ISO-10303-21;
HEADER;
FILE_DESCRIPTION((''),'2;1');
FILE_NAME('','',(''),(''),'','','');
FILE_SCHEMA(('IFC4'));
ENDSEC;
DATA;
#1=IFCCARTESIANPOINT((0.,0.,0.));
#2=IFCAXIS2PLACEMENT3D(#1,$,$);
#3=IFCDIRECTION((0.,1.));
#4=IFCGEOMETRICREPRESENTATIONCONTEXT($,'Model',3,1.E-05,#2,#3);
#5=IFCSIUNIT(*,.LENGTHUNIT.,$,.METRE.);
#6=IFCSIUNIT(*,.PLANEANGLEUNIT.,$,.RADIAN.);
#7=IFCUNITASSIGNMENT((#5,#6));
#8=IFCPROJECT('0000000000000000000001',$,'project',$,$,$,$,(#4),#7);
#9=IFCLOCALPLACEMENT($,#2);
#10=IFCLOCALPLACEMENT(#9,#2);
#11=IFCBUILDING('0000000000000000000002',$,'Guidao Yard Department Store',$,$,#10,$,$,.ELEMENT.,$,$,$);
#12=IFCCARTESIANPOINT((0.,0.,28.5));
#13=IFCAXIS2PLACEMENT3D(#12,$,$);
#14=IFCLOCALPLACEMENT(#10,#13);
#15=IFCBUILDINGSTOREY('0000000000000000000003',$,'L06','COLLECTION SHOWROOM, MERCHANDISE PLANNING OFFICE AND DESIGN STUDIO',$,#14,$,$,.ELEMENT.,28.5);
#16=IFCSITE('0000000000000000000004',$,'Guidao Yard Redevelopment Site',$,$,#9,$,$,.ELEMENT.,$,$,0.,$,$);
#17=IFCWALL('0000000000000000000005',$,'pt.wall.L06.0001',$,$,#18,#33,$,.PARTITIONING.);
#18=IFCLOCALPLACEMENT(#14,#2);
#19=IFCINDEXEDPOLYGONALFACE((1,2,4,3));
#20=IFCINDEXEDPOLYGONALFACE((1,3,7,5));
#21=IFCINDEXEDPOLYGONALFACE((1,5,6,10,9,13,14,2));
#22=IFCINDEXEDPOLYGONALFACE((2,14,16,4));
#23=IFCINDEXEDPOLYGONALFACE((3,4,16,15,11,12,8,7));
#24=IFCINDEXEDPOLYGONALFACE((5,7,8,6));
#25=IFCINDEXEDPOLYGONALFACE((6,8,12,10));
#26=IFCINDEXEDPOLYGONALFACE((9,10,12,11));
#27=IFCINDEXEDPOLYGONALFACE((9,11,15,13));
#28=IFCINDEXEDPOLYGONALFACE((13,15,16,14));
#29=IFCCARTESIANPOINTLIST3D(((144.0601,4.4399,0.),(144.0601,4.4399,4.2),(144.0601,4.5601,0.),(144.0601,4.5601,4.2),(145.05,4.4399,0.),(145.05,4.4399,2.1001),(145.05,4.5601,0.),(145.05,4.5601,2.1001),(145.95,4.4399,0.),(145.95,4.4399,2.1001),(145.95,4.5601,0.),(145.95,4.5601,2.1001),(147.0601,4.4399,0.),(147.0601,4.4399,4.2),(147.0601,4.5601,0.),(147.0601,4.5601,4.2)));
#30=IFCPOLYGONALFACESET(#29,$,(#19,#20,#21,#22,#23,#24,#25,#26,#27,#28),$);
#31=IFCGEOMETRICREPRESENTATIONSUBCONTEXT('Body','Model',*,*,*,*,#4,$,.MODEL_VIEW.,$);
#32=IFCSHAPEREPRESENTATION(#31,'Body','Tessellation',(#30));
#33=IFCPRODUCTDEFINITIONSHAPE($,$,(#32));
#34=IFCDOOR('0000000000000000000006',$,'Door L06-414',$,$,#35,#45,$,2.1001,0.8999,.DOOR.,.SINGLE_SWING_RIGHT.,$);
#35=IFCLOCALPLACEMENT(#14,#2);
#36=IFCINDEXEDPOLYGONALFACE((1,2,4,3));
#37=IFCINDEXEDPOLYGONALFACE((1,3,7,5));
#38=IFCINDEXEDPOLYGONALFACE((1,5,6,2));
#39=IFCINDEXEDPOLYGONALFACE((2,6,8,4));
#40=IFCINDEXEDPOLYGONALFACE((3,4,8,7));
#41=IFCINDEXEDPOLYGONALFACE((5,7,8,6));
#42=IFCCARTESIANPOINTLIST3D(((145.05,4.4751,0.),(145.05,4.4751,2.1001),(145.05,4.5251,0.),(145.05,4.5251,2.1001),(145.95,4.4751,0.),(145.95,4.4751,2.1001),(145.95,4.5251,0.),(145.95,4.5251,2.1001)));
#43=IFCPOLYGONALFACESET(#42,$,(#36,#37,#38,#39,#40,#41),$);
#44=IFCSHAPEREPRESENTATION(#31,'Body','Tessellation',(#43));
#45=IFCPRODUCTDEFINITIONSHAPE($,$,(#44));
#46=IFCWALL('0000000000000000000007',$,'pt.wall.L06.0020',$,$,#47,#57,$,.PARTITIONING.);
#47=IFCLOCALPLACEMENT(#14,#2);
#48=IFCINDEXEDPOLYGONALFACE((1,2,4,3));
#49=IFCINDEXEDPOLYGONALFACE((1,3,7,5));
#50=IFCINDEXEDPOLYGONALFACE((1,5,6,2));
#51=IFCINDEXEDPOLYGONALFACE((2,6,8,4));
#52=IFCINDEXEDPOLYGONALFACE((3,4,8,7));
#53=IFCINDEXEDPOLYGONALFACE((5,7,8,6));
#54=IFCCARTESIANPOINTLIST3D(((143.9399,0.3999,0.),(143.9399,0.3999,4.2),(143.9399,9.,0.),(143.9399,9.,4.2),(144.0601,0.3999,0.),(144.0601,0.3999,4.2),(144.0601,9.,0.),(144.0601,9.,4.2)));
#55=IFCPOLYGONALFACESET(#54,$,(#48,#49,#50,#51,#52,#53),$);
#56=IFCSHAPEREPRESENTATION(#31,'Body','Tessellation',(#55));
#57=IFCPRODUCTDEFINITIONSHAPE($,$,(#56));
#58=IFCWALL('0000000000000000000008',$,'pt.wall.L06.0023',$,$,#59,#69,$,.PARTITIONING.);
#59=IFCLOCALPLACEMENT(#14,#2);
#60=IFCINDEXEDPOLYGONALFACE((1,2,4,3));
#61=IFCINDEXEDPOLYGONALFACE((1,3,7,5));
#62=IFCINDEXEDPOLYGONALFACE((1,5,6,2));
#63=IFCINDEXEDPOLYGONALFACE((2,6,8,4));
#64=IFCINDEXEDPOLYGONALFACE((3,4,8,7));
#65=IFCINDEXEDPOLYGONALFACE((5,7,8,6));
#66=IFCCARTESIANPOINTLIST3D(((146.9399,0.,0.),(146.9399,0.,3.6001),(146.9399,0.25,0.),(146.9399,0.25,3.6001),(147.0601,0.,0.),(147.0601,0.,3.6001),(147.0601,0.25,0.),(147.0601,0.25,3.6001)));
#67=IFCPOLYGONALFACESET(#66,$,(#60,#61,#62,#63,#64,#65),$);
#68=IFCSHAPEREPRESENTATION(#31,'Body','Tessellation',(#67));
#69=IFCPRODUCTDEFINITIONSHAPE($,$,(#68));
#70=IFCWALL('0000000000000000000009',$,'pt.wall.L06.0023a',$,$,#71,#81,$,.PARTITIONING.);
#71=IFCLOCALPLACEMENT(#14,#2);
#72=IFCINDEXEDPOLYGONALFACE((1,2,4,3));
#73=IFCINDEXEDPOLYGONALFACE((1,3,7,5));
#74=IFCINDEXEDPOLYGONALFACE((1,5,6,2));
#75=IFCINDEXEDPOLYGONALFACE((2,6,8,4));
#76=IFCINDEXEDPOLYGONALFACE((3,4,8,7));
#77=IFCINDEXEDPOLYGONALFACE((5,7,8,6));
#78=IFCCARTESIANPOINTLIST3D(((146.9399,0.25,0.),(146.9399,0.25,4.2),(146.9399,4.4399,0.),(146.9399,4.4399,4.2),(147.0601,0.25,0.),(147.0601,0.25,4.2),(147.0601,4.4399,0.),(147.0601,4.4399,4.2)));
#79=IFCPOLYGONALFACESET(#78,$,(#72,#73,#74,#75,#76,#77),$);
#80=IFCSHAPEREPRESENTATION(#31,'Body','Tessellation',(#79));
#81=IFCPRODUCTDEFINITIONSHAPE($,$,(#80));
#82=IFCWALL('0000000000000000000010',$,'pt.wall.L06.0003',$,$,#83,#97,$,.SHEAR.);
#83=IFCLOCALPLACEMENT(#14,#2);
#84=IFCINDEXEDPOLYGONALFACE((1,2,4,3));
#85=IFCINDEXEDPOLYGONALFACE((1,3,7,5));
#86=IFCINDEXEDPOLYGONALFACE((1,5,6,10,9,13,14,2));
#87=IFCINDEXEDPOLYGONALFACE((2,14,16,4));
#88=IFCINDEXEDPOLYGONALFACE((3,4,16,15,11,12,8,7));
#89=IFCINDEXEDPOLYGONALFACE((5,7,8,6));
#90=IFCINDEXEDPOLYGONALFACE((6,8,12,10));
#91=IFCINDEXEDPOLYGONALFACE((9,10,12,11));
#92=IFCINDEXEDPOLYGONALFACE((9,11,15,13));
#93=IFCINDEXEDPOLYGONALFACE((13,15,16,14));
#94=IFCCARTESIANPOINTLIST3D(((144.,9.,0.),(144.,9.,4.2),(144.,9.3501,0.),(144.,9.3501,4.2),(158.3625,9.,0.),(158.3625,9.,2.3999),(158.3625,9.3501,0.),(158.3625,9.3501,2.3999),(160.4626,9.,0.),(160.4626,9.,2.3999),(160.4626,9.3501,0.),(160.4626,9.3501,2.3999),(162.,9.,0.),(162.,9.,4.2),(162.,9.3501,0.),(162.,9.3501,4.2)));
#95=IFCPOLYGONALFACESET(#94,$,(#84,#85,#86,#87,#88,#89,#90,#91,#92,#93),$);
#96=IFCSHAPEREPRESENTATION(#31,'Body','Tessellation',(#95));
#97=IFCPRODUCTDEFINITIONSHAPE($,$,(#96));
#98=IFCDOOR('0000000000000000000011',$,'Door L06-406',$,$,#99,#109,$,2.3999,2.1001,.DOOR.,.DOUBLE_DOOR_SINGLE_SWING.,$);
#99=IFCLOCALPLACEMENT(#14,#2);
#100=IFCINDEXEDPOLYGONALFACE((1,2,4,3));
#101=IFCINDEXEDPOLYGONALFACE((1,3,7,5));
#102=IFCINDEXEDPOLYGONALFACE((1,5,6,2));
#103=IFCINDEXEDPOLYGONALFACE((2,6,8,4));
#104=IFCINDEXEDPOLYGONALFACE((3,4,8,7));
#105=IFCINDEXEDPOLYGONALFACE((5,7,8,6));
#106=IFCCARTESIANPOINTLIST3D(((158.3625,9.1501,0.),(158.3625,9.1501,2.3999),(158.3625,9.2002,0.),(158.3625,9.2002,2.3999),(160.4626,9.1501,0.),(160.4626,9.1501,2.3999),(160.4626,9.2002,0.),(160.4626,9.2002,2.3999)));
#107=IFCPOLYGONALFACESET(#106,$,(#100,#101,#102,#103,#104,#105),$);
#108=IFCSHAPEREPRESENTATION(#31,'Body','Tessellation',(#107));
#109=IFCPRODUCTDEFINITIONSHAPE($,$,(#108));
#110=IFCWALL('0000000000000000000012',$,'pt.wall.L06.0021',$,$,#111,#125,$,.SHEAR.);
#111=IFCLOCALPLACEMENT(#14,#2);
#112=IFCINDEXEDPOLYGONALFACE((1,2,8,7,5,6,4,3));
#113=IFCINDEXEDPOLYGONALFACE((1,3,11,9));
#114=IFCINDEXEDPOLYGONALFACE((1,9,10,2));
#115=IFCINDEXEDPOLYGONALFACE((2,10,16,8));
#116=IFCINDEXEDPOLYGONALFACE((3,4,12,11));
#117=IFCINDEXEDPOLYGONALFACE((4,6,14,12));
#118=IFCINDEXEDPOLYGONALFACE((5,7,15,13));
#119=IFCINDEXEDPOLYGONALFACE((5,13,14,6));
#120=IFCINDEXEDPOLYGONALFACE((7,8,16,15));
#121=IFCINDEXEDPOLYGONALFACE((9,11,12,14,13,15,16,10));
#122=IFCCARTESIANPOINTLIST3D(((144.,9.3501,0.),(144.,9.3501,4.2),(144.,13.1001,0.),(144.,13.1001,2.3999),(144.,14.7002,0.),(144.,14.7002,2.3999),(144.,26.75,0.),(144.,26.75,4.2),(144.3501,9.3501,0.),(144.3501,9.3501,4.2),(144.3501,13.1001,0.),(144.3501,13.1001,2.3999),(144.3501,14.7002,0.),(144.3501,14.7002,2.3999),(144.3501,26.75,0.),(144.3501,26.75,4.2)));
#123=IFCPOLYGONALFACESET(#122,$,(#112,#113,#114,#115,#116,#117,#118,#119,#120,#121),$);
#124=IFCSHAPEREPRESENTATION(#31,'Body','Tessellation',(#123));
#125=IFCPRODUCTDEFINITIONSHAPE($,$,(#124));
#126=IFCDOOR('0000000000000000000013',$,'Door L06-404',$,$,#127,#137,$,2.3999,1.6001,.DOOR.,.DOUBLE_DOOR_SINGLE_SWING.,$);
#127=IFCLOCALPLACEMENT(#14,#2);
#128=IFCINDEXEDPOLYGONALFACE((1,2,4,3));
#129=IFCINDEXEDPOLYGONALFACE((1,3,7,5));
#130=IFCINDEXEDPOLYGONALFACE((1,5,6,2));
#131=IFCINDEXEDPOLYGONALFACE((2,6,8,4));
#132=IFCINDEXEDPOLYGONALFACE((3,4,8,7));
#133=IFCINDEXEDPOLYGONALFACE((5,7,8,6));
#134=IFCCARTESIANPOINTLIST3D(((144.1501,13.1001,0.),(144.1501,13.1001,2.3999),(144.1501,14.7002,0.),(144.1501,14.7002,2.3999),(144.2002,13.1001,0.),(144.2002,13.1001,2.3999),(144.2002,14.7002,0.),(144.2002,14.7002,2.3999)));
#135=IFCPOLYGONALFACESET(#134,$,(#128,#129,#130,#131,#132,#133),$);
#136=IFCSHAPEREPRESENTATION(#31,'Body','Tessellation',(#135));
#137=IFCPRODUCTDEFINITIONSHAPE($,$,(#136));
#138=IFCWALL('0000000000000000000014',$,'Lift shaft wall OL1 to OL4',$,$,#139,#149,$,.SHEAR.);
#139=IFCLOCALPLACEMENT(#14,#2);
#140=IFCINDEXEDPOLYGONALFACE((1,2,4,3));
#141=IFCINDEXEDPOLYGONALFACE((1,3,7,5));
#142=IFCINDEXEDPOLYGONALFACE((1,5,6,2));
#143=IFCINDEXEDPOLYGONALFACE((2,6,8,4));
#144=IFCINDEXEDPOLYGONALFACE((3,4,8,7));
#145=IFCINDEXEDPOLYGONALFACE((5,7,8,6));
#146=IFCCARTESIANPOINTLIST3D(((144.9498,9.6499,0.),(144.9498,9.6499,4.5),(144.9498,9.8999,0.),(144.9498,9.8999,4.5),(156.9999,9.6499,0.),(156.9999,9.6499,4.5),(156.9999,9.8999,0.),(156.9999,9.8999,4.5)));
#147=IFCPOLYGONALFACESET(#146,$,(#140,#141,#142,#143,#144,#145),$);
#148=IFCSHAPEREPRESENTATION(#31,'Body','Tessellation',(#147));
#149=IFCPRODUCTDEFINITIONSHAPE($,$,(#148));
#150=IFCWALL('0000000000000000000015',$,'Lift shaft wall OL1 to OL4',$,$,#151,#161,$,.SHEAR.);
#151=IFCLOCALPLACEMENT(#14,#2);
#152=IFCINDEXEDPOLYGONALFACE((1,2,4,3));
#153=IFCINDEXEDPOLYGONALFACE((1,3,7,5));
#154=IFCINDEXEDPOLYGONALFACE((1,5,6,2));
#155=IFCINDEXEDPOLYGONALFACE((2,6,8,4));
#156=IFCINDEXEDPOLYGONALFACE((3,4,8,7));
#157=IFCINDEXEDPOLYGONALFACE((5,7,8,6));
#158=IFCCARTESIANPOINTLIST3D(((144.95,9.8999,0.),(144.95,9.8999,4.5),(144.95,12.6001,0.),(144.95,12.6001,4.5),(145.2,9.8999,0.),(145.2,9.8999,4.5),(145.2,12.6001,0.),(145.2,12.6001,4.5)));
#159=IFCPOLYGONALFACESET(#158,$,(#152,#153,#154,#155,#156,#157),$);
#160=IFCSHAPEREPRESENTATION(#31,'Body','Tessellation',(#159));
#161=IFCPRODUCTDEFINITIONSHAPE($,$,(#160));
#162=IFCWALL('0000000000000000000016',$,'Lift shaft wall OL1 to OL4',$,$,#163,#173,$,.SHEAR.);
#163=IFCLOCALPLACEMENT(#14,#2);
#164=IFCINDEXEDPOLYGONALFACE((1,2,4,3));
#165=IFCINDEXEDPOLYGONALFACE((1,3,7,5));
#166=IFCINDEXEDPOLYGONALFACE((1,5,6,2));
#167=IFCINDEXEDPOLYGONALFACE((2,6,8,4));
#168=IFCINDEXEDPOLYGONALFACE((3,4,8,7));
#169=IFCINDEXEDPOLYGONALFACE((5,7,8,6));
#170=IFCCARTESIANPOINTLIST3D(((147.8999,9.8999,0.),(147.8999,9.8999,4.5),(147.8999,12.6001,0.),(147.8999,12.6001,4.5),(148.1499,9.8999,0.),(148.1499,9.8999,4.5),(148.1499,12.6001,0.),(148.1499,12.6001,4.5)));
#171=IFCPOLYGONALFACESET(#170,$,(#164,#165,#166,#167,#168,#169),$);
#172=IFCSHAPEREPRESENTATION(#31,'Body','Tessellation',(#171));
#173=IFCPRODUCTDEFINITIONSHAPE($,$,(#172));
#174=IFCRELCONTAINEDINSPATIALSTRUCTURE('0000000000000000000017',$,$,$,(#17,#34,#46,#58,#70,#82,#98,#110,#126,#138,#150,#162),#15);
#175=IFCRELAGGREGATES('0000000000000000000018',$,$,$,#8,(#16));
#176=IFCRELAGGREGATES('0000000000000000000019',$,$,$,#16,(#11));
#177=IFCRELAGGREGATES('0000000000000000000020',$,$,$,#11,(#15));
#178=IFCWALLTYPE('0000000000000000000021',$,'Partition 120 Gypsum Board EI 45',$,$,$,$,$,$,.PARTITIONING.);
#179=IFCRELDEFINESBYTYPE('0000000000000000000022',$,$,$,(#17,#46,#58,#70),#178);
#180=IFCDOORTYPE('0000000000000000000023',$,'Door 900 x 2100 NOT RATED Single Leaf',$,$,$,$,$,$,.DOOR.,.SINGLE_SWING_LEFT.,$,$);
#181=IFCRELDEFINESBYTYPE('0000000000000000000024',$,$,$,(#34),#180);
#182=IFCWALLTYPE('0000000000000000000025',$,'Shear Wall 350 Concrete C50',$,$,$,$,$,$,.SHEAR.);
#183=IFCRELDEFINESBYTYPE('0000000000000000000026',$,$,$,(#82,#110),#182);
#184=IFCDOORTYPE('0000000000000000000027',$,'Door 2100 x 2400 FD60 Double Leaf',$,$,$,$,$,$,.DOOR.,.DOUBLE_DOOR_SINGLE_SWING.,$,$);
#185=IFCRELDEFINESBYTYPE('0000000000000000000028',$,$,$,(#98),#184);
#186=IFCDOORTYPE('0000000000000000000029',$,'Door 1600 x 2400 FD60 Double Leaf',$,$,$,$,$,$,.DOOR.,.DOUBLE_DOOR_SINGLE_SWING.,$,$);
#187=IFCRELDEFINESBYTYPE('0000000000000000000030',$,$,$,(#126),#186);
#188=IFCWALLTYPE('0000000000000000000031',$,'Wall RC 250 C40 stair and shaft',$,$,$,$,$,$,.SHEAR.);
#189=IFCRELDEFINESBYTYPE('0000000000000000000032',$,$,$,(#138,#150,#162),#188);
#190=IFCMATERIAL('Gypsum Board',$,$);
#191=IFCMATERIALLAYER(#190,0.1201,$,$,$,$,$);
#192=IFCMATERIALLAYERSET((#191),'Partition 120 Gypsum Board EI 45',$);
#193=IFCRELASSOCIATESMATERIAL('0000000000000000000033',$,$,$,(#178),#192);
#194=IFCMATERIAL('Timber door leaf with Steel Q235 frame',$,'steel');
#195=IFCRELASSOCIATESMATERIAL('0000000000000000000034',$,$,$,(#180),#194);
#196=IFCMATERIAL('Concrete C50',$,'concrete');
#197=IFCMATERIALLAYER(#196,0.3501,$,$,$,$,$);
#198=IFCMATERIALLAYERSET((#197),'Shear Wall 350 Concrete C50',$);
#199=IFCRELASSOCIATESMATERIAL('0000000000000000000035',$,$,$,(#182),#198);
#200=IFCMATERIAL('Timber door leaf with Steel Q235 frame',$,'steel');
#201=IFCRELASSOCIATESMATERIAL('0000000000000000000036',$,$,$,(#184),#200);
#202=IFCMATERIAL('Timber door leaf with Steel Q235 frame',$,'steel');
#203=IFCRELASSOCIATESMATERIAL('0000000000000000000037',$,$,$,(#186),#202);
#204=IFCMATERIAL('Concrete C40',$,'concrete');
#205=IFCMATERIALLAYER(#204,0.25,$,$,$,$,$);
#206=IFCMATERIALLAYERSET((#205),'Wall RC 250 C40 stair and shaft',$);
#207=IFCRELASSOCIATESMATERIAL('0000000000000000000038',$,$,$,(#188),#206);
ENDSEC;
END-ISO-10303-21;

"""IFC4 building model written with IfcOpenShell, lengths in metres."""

from ifc_helpers import new_model, si_unit, direction, frame, frame_2d, origin, place, context, subcontext, project, spatial, rectangle, extrude, material, layer, layer_set, type_object, element, fill, save


model = new_model("IFC4")

# Units and contexts
model_context = context("Model", 3, precision=1e-05, world=origin(), true_north=direction((0.0, 1.0)))
body_context = subcontext(model_context, "Body", "Model", "MODEL_VIEW")
ifc_project = project(units=[si_unit("LENGTHUNIT", "METRE"), si_unit("PLANEANGLEUNIT", "RADIAN")], contexts=[model_context])

# Site, building, storey
site_placement = place(None, origin())
site = spatial("IfcSite", under=ifc_project, at=site_placement, Name="Guidao Yard Redevelopment Site", CompositionType="ELEMENT", RefElevation=0.0)
building_placement = place(site_placement, origin())
building = spatial("IfcBuilding", under=site, at=building_placement, Name="Guidao Yard Department Store", CompositionType="ELEMENT")
storey_placement = place(building_placement, frame((0.0, 0.0, 28.5)))
storey = spatial("IfcBuildingStorey", under=building, at=storey_placement, Name="L06", Description="COLLECTION SHOWROOM, MERCHANDISE PLANNING OFFICE AND DESIGN STUDIO", CompositionType="ELEMENT", Elevation=28.5)

# Wall, opening, door
ifc_material_1 = material(Name="Gypsum Board")
ifc_layer_1 = layer(ifc_material_1, 0.1201)
ifc_layer_set_1 = layer_set([ifc_layer_1], Name="Partition 120 Gypsum Board EI 45")
wall_type_1 = type_object("IfcWallType", Name="Partition 120 Gypsum Board EI 45", PredefinedType="PARTITIONING", material=ifc_layer_set_1)
wall_1_placement = place(storey_placement, frame((144.0601, 4.5, 0.0), z_axis=(0.0, 0.0, 1.0), x_axis=(1.0, 0.0, 0.0)))
wall_1 = element("IfcWall", 1, at=wall_1_placement, inside=storey, type_object=wall_type_1, Name="pt.wall.L06.0001", PredefinedType="PARTITIONING", context=body_context, shape_type="SweptSolid", body=[
    extrude(rectangle(XDim=3.0, YDim=0.1201, at=frame_2d((1.5, 0.0))), origin(), (0.0, 0.0, 1.0), 4.2),
])
opening_1_placement = place(wall_1_placement, frame((1.8899, 0.0, 0.0), z_axis=(0.0, 0.0, 1.0), x_axis=(-1.0, 0.0, 0.0)))
opening_1 = element("IfcOpeningElement", 2, at=opening_1_placement, cuts=wall_1, PredefinedType="OPENING", context=body_context, shape_type="SweptSolid", body=[
    extrude(rectangle(XDim=0.8999, YDim=2.1001, at=frame_2d((0.45, 1.05))), frame((0.0, 0.0701, 0.0), z_axis=(0.0, -1.0, 0.0), x_axis=(1.0, 0.0, 0.0)), (0.0, 0.0, 1.0), 0.1401),
])
ifc_material_2 = material(Name="Timber door leaf with Steel Q235 frame", Category="steel")
door_type_1 = type_object("IfcDoorType", Name="Door 900 x 2100 NOT RATED Single Leaf", OperationType="SINGLE_SWING_LEFT", PredefinedType="DOOR", material=ifc_material_2)
door_1_placement = place(opening_1_placement, origin())
door_1 = element("IfcDoor", 3, at=door_1_placement, inside=storey, type_object=door_type_1, Name="Door L06-414", OperationType="SINGLE_SWING_RIGHT", OverallHeight=2.1001, OverallWidth=0.8999, PredefinedType="DOOR", context=body_context, shape_type="SweptSolid", body=[
    extrude(rectangle(XDim=0.8999, YDim=2.1001, at=frame_2d((0.45, 1.05))), frame((0.0, 0.0249, 0.0), z_axis=(0.0, -1.0, 0.0), x_axis=(1.0, 0.0, 0.0)), (0.0, 0.0, 1.0), 0.05),
])
fill(opening_1, door_1)

# Walls
wall_2_placement = place(storey_placement, frame((144.0, 0.3999, 0.0), z_axis=(0.0, 0.0, 1.0), x_axis=(0.0, 1.0, 0.0)))
element("IfcWall", 4, at=wall_2_placement, inside=storey, type_object=wall_type_1, Name="pt.wall.L06.0020", PredefinedType="PARTITIONING", context=body_context, shape_type="SweptSolid", body=[
    extrude(rectangle(XDim=8.6001, YDim=0.1201, at=frame_2d((4.3, 0.0))), origin(), (0.0, 0.0, 1.0), 4.2),
])
wall_3_placement = place(storey_placement, frame((147.0, 0.0, 0.0), z_axis=(0.0, 0.0, 1.0), x_axis=(0.0, 1.0, 0.0)))
element("IfcWall", 5, at=wall_3_placement, inside=storey, type_object=wall_type_1, Name="pt.wall.L06.0023", PredefinedType="PARTITIONING", context=body_context, shape_type="SweptSolid", body=[
    extrude(rectangle(XDim=0.25, YDim=0.1201, at=frame_2d((0.125, 0.0))), origin(), (0.0, 0.0, 1.0), 3.6001),
])
wall_4_placement = place(storey_placement, frame((147.0, 0.25, 0.0), z_axis=(0.0, 0.0, 1.0), x_axis=(0.0, 1.0, 0.0)))
element("IfcWall", 6, at=wall_4_placement, inside=storey, type_object=wall_type_1, Name="pt.wall.L06.0023a", PredefinedType="PARTITIONING", context=body_context, shape_type="SweptSolid", body=[
    extrude(rectangle(XDim=4.1899, YDim=0.1201, at=frame_2d((2.095, 0.0))), origin(), (0.0, 0.0, 1.0), 4.2),
])

# Walls, openings, doors
ifc_material_3 = material(Name="Concrete C50", Category="concrete")
ifc_layer_2 = layer(ifc_material_3, 0.3501)
ifc_layer_set_2 = layer_set([ifc_layer_2], Name="Shear Wall 350 Concrete C50")
wall_type_2 = type_object("IfcWallType", Name="Shear Wall 350 Concrete C50", PredefinedType="SHEAR", material=ifc_layer_set_2)
wall_5_placement = place(storey_placement, frame((144.0, 9.175, 0.0), z_axis=(0.0, 0.0, 1.0), x_axis=(1.0, 0.0, 0.0)))
wall_5 = element("IfcWall", 7, at=wall_5_placement, inside=storey, type_object=wall_type_2, Name="pt.wall.L06.0003", PredefinedType="SHEAR", context=body_context, shape_type="SweptSolid", body=[
    extrude(rectangle(XDim=18.0, YDim=0.3501, at=frame_2d((9.0, 0.0))), origin(), (0.0, 0.0, 1.0), 4.2),
])
opening_2_placement = place(wall_5_placement, frame((16.4626, 0.0, 0.0), z_axis=(0.0, 0.0, 1.0), x_axis=(-1.0, 0.0, 0.0)))
opening_2 = element("IfcOpeningElement", 8, at=opening_2_placement, cuts=wall_5, PredefinedType="OPENING", context=body_context, shape_type="SweptSolid", body=[
    extrude(rectangle(XDim=2.1001, YDim=2.3999, at=frame_2d((1.05, 1.2))), frame((0.0, 0.1851, 0.0), z_axis=(0.0, -1.0, 0.0), x_axis=(1.0, 0.0, 0.0)), (0.0, 0.0, 1.0), 0.3701),
])
ifc_material_4 = material(Name="Timber door leaf with Steel Q235 frame", Category="steel")
door_type_2 = type_object("IfcDoorType", Name="Door 2100 x 2400 FD60 Double Leaf", OperationType="DOUBLE_DOOR_SINGLE_SWING", PredefinedType="DOOR", material=ifc_material_4)
door_2_placement = place(opening_2_placement, origin())
door_2 = element("IfcDoor", 9, at=door_2_placement, inside=storey, type_object=door_type_2, Name="Door L06-406", OperationType="DOUBLE_DOOR_SINGLE_SWING", OverallHeight=2.3999, OverallWidth=2.1001, PredefinedType="DOOR", context=body_context, shape_type="SweptSolid", body=[
    extrude(rectangle(XDim=2.1001, YDim=2.3999, at=frame_2d((1.05, 1.2))), frame((0.0, 0.0249, 0.0), z_axis=(0.0, -1.0, 0.0), x_axis=(1.0, 0.0, 0.0)), (0.0, 0.0, 1.0), 0.05),
])
fill(opening_2, door_2)
wall_6_placement = place(storey_placement, frame((144.175, 9.3501, 0.0), z_axis=(0.0, 0.0, 1.0), x_axis=(0.0, 1.0, 0.0)))
wall_6 = element("IfcWall", 10, at=wall_6_placement, inside=storey, type_object=wall_type_2, Name="pt.wall.L06.0021", PredefinedType="SHEAR", context=body_context, shape_type="SweptSolid", body=[
    extrude(rectangle(XDim=17.3999, YDim=0.3501, at=frame_2d((8.7, 0.0))), origin(), (0.0, 0.0, 1.0), 4.2),
])
opening_3_placement = place(wall_6_placement, frame((3.75, 0.0, 0.0)))
opening_3 = element("IfcOpeningElement", 11, at=opening_3_placement, cuts=wall_6, PredefinedType="OPENING", context=body_context, shape_type="SweptSolid", body=[
    extrude(rectangle(XDim=1.6001, YDim=2.3999, at=frame_2d((0.8, 1.2))), frame((0.0, 0.1851, 0.0), z_axis=(0.0, -1.0, 0.0), x_axis=(1.0, 0.0, 0.0)), (0.0, 0.0, 1.0), 0.3701),
])
ifc_material_5 = material(Name="Timber door leaf with Steel Q235 frame", Category="steel")
door_type_3 = type_object("IfcDoorType", Name="Door 1600 x 2400 FD60 Double Leaf", OperationType="DOUBLE_DOOR_SINGLE_SWING", PredefinedType="DOOR", material=ifc_material_5)
door_3_placement = place(opening_3_placement, origin())
door_3 = element("IfcDoor", 12, at=door_3_placement, inside=storey, type_object=door_type_3, Name="Door L06-404", OperationType="DOUBLE_DOOR_SINGLE_SWING", OverallHeight=2.3999, OverallWidth=1.6001, PredefinedType="DOOR", context=body_context, shape_type="SweptSolid", body=[
    extrude(rectangle(XDim=1.6001, YDim=2.3999, at=frame_2d((0.8, 1.2))), frame((0.0, 0.0249, 0.0), z_axis=(0.0, -1.0, 0.0), x_axis=(1.0, 0.0, 0.0)), (0.0, 0.0, 1.0), 0.05),
])
fill(opening_3, door_3)

# Walls
ifc_material_6 = material(Name="Concrete C40", Category="concrete")
ifc_layer_3 = layer(ifc_material_6, 0.25)
ifc_layer_set_3 = layer_set([ifc_layer_3], Name="Wall RC 250 C40 stair and shaft")
wall_type_3 = type_object("IfcWallType", Name="Wall RC 250 C40 stair and shaft", PredefinedType="SHEAR", material=ifc_layer_set_3)
wall_7_placement = place(storey_placement, frame((144.95, 9.7749, 0.0), z_axis=(0.0, 0.0, 1.0), x_axis=(1.0, 0.0, 0.0)))
element("IfcWall", 13, at=wall_7_placement, inside=storey, type_object=wall_type_3, Name="Lift shaft wall OL1 to OL4", PredefinedType="SHEAR", context=body_context, shape_type="SweptSolid", body=[
    extrude(rectangle(XDim=12.05, YDim=0.25, at=frame_2d((6.0249, 0.0))), origin(), (0.0, 0.0, 1.0), 4.5),
])
for number, where, z_axis, x_axis, name in (
    (14, (145.075, 9.8999, 0.0), (0.0, 0.0, 1.0), (0.0, 1.0, 0.0), "Lift shaft wall OL1 to OL4"),
    (15, (148.0249, 9.8999, 0.0), (0.0, 0.0, 1.0), (0.0, 1.0, 0.0), "Lift shaft wall OL1 to OL4"),
):
    element("IfcWall", number, at=place(storey_placement, frame(where, z_axis=z_axis, x_axis=x_axis)), inside=storey, type_object=wall_type_3, Name=name, PredefinedType="SHEAR", context=body_context, shape_type="SweptSolid", body=[
        extrude(rectangle(XDim=2.7002, YDim=0.25, at=frame_2d((1.3501, 0.0))), origin(), (0.0, 0.0, 1.0), 4.5),
    ])

save(model, "model.ifc")
